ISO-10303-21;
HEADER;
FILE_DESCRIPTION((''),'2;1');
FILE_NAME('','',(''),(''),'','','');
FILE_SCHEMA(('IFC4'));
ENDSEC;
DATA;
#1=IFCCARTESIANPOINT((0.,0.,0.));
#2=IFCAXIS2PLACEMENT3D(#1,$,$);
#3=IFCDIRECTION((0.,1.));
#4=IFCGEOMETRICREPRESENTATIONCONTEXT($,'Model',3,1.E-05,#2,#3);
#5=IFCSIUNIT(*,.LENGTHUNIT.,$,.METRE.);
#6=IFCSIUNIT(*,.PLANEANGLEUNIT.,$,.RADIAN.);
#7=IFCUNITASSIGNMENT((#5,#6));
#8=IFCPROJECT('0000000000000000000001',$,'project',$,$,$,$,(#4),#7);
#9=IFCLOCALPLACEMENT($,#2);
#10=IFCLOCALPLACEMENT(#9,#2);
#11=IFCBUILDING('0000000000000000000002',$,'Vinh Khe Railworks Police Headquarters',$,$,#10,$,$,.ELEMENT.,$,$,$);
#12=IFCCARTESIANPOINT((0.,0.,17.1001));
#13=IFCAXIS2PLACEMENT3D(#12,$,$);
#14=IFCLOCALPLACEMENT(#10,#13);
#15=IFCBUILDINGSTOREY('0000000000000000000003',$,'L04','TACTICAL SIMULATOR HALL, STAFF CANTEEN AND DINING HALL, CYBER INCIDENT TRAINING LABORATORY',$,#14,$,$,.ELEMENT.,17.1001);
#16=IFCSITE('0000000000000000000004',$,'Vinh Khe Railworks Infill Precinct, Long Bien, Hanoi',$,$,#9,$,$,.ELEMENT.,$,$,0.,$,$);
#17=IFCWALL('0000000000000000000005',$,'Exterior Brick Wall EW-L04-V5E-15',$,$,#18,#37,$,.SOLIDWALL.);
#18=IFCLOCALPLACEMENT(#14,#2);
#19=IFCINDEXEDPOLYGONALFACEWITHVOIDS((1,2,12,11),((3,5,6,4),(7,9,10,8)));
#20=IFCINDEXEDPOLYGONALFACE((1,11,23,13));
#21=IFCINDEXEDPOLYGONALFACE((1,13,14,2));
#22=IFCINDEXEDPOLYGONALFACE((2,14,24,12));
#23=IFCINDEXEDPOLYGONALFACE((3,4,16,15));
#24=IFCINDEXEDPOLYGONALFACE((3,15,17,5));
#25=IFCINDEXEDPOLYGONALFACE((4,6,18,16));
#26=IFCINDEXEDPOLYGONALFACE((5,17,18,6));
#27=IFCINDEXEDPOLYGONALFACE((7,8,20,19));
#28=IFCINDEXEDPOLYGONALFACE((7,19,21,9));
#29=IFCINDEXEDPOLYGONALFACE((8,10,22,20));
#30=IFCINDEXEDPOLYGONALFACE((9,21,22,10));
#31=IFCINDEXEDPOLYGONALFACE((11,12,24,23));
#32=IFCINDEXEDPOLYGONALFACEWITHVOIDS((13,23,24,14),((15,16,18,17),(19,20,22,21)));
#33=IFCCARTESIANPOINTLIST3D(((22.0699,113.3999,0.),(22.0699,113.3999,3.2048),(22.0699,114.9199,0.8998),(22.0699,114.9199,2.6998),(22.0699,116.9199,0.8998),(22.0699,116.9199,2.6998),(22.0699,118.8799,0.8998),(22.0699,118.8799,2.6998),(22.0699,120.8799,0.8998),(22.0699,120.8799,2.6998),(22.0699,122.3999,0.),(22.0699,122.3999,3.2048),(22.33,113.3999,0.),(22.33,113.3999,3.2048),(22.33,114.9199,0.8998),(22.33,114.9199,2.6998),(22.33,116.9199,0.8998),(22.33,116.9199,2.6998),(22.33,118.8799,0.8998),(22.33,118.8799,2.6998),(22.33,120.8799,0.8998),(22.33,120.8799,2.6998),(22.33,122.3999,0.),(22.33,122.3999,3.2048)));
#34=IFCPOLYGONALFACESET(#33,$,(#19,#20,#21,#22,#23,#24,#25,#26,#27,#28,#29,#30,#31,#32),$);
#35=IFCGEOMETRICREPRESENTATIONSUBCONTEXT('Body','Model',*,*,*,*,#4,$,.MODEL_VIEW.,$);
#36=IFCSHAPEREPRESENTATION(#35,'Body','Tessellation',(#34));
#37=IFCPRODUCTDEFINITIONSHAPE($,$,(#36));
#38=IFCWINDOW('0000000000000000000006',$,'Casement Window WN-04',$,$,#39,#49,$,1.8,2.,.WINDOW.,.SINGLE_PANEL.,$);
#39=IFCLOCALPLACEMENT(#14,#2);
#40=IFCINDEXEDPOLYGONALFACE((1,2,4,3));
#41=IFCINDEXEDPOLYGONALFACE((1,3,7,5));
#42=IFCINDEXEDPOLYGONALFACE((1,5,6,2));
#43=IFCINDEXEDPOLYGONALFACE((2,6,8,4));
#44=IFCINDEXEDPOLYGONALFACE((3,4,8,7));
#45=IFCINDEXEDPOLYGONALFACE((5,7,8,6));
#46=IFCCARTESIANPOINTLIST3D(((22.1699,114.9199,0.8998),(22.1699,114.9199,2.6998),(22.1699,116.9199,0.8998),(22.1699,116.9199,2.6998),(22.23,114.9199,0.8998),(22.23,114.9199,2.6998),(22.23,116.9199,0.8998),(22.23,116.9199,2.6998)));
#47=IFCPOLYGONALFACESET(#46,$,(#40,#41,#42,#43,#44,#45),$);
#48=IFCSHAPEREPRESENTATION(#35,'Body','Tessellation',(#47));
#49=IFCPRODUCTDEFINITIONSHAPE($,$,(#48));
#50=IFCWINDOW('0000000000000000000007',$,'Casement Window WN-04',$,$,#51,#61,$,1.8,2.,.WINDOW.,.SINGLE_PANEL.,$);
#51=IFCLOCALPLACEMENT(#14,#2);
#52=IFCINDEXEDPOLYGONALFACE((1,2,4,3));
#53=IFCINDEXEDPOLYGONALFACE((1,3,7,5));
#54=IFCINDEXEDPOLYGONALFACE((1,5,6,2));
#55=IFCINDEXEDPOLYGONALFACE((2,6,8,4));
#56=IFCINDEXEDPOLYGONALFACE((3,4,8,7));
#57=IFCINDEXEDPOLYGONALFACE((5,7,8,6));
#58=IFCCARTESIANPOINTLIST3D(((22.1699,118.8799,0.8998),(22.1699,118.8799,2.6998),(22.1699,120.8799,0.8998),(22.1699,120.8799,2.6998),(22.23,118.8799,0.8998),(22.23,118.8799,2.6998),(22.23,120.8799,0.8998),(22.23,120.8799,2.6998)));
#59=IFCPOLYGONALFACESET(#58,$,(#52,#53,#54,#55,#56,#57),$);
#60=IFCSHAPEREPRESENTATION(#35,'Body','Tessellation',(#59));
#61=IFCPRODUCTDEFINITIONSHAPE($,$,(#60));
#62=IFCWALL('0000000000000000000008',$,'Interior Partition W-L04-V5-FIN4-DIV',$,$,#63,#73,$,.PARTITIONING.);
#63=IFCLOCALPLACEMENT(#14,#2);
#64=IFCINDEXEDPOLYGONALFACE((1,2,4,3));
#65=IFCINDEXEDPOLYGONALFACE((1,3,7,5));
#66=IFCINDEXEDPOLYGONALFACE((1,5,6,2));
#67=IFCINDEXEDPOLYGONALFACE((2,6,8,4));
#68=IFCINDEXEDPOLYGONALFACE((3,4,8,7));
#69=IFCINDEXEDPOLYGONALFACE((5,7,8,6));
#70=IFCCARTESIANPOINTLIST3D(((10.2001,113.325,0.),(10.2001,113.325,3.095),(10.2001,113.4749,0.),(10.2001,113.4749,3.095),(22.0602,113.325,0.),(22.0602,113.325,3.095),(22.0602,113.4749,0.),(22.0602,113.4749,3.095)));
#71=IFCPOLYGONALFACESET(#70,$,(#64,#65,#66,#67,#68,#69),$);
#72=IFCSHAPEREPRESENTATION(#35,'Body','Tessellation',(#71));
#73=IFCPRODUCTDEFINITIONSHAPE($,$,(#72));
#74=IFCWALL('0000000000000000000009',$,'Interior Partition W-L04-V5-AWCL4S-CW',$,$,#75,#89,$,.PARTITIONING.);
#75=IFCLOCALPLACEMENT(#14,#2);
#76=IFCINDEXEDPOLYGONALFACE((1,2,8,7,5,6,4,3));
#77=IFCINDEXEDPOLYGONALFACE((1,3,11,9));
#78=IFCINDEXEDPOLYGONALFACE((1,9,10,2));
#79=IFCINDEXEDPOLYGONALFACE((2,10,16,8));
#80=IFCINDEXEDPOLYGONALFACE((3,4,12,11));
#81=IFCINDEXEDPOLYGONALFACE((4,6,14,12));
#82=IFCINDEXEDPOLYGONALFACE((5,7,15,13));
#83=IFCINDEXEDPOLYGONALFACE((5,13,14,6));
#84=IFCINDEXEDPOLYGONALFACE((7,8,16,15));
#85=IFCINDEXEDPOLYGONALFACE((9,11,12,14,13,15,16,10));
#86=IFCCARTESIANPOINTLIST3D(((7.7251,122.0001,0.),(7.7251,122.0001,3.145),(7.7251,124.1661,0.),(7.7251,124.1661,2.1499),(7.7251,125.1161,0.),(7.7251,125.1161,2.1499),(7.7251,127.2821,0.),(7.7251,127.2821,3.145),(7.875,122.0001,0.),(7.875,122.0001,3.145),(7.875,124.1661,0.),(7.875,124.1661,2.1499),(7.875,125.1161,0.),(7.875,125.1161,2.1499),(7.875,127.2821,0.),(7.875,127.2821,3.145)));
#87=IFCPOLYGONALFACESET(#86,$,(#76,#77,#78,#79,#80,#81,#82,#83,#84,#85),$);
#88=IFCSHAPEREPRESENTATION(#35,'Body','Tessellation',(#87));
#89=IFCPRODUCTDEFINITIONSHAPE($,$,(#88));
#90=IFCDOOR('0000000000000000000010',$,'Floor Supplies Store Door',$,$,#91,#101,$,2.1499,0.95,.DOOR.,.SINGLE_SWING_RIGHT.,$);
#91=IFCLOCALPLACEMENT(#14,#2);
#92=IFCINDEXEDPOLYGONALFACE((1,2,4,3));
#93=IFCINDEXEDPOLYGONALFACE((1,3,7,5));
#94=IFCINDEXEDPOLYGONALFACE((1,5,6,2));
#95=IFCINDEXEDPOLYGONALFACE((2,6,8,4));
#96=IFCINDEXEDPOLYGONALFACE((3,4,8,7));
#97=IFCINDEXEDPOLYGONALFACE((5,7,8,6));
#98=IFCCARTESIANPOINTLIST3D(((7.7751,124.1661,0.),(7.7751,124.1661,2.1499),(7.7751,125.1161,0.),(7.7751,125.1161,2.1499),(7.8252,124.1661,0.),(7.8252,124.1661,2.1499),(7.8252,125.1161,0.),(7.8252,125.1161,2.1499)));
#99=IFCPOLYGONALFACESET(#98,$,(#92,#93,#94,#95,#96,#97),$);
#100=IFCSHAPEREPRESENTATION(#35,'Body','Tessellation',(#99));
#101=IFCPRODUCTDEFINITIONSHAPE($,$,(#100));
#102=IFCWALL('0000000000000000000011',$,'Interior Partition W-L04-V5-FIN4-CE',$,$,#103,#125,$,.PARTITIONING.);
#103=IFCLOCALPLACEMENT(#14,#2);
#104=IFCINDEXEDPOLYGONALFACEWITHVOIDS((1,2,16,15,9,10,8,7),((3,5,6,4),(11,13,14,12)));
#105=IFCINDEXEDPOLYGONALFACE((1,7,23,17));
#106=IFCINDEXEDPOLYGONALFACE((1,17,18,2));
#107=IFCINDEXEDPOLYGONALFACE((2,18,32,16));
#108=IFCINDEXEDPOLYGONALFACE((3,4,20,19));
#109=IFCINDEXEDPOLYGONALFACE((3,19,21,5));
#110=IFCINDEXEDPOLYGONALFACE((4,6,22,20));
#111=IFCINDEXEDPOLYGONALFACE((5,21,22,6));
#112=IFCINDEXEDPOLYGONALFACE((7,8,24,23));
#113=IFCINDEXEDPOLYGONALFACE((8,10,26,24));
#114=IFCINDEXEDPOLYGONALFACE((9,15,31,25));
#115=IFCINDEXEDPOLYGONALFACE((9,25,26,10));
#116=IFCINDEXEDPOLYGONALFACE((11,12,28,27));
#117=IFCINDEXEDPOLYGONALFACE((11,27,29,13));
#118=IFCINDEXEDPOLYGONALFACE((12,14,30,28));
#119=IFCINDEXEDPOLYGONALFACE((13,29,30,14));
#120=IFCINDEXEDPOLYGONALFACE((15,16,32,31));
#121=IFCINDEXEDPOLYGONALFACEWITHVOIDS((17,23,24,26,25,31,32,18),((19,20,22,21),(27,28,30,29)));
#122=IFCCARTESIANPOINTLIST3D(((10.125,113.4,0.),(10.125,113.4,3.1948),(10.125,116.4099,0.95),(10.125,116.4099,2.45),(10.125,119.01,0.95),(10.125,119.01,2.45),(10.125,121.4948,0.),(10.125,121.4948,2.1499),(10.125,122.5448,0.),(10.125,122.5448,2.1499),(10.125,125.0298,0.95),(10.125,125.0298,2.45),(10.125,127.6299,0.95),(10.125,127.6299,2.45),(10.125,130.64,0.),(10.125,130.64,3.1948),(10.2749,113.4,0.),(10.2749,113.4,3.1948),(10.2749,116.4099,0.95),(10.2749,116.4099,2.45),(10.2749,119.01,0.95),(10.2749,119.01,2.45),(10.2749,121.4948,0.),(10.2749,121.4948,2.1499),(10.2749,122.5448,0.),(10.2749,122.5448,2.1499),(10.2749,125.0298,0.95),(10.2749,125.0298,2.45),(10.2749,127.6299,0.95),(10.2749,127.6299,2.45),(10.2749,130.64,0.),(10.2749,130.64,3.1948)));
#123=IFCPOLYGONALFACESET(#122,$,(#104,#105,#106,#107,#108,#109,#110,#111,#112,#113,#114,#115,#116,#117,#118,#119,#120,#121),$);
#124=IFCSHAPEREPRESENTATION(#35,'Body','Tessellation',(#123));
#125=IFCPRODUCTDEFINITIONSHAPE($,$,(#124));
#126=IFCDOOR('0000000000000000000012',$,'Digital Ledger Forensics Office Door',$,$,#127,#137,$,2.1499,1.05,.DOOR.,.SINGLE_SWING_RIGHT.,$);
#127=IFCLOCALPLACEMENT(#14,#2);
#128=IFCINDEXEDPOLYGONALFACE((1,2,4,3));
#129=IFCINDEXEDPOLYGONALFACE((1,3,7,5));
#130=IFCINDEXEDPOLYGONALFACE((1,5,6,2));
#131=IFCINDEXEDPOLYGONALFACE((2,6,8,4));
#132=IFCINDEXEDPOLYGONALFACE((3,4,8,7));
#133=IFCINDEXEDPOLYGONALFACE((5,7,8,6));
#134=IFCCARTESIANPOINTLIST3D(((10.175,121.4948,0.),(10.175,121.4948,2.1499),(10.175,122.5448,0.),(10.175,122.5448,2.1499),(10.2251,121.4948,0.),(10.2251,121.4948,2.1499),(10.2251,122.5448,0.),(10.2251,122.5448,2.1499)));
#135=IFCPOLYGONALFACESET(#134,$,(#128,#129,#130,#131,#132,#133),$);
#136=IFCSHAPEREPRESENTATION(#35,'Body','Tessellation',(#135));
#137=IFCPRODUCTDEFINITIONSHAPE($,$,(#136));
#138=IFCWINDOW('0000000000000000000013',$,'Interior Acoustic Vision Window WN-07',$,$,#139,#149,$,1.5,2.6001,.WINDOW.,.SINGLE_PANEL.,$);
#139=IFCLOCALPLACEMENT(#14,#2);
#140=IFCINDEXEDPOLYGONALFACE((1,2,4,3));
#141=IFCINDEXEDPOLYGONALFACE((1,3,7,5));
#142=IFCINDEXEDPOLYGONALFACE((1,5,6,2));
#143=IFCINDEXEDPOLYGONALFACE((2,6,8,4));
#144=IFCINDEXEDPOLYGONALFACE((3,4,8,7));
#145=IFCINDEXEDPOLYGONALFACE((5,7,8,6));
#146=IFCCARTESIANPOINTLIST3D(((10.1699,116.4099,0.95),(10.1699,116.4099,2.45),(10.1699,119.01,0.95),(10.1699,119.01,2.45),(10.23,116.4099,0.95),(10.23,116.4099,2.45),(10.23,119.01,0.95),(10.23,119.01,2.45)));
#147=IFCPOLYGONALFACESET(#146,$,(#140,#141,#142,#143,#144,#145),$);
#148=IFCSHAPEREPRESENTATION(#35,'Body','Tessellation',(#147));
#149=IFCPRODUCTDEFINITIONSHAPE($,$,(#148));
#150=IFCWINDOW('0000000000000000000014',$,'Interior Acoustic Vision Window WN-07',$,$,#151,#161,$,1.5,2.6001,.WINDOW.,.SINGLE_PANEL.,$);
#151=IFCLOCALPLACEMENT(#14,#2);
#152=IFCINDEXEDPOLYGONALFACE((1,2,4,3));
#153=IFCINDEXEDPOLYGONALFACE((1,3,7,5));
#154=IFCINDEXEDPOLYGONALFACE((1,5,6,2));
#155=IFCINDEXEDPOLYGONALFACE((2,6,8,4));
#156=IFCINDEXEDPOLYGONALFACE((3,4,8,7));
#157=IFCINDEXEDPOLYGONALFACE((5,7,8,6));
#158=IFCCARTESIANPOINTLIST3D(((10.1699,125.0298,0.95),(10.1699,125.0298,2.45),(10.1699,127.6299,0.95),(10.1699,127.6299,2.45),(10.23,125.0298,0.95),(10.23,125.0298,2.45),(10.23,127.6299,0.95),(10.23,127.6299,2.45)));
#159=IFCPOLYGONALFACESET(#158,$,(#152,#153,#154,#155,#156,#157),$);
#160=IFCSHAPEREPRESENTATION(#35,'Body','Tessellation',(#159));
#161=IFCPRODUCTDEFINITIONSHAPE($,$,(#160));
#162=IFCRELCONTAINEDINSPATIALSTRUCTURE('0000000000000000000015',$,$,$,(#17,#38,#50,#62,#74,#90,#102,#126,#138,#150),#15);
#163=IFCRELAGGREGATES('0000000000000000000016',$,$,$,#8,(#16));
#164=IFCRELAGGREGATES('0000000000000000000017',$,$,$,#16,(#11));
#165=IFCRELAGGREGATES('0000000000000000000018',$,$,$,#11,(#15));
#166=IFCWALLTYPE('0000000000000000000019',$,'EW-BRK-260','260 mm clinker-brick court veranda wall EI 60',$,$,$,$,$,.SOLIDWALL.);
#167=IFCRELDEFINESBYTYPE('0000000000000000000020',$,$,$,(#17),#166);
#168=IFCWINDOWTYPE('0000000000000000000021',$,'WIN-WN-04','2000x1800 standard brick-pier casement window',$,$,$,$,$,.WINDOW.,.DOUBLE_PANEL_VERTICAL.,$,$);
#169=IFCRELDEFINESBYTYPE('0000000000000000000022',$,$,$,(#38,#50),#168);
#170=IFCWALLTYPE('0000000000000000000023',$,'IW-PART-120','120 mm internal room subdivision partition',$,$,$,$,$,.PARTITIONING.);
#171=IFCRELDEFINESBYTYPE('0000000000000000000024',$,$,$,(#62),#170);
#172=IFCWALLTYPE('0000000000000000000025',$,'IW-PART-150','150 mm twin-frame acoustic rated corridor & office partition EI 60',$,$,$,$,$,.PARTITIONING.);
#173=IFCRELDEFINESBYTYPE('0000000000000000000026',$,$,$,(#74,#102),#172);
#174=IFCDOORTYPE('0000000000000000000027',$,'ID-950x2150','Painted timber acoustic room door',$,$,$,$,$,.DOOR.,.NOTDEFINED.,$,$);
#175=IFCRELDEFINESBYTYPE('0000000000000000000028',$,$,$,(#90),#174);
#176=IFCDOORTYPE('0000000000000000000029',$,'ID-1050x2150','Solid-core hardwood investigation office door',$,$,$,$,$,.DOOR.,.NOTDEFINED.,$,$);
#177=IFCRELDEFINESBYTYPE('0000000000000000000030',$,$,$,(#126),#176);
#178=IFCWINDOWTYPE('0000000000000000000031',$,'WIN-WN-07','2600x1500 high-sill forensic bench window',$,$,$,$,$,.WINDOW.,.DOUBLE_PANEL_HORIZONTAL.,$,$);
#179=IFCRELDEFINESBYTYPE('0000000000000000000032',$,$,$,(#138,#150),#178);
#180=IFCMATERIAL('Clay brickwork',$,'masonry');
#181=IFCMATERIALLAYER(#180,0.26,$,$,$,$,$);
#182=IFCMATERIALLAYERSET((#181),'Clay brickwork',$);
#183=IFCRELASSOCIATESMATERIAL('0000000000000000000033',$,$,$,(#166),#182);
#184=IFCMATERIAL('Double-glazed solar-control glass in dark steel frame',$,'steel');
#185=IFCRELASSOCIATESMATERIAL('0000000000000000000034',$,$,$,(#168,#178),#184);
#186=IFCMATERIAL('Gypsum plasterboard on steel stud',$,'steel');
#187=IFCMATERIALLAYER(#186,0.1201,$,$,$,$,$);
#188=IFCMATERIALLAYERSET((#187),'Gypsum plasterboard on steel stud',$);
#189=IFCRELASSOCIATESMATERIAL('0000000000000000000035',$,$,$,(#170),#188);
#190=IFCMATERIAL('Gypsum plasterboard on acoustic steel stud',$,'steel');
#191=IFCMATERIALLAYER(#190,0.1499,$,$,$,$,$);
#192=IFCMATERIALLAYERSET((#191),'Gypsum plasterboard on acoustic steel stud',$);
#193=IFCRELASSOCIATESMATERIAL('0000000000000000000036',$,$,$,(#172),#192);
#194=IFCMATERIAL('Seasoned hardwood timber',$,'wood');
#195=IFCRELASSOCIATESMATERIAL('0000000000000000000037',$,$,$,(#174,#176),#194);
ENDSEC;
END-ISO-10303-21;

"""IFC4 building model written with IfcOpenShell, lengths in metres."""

from ifc_helpers import new_model, si_unit, direction, frame, frame_2d, origin, place, context, subcontext, project, spatial, rectangle, extrude, material, layer, layer_set, type_object, element, fill, save


model = new_model("IFC4")

# Units and contexts
model_context = context("Model", 3, precision=1e-05, world=origin(), true_north=direction((0.0, 1.0)))
body_context = subcontext(model_context, "Body", "Model", "MODEL_VIEW")
ifc_project = project(units=[si_unit("LENGTHUNIT", "METRE"), si_unit("PLANEANGLEUNIT", "RADIAN")], contexts=[model_context])

# Site, building, storey
site_placement = place(None, origin())
site = spatial("IfcSite", under=ifc_project, at=site_placement, Name="Vinh Khe Railworks Infill Precinct, Long Bien, Hanoi", CompositionType="ELEMENT", RefElevation=0.0)
building_placement = place(site_placement, origin())
building = spatial("IfcBuilding", under=site, at=building_placement, Name="Vinh Khe Railworks Police Headquarters", CompositionType="ELEMENT")
storey_placement = place(building_placement, frame((0.0, 0.0, 17.1001)))
storey = spatial("IfcBuildingStorey", under=building, at=storey_placement, Name="L04", Description="TACTICAL SIMULATOR HALL, STAFF CANTEEN AND DINING HALL, CYBER INCIDENT TRAINING LABORATORY", CompositionType="ELEMENT", Elevation=17.1001)

# Wall, openings, windows
ifc_material_1 = material(Name="Clay brickwork", Category="masonry")
ifc_layer_1 = layer(ifc_material_1, 0.26)
ifc_layer_set_1 = layer_set([ifc_layer_1], Name="Clay brickwork")
wall_type_1 = type_object("IfcWallType", Name="EW-BRK-260", Description="260 mm clinker-brick court veranda wall EI 60", PredefinedType="SOLIDWALL", material=ifc_layer_set_1)
wall_1_placement = place(storey_placement, frame((22.2, 113.3999, 0.0), z_axis=(0.0, 0.0, 1.0), x_axis=(0.0, 1.0, 0.0)))
wall_1 = element("IfcWall", 1, at=wall_1_placement, inside=storey, type_object=wall_type_1, Name="Exterior Brick Wall EW-L04-V5E-15", PredefinedType="SOLIDWALL", context=body_context, shape_type="SweptSolid", body=[
    extrude(rectangle(XDim=9.0, YDim=0.26, at=frame_2d((4.5, 0.0))), origin(), (0.0, 0.0, 1.0), 3.2048),
])
opening_1_placement = place(wall_1_placement, frame((1.52, 0.0, 0.8999)))
opening_1 = element("IfcOpeningElement", 2, at=opening_1_placement, cuts=wall_1, PredefinedType="OPENING", context=body_context, shape_type="SweptSolid", body=[
    extrude(rectangle(XDim=2.0, YDim=1.8, at=frame_2d((1.0, 0.8999))), frame((0.0, 0.145, 0.0), z_axis=(0.0, -1.0, 0.0), x_axis=(1.0, 0.0, 0.0)), (0.0, 0.0, 1.0), 0.2898),
])
opening_2_placement = place(wall_1_placement, frame((5.48, 0.0, 0.8999)))
opening_2 = element("IfcOpeningElement", 3, at=opening_2_placement, cuts=wall_1, PredefinedType="OPENING", context=body_context, shape_type="SweptSolid", body=[
    extrude(rectangle(XDim=2.0, YDim=1.8, at=frame_2d((1.0, 0.8999))), frame((0.0, 0.145, 0.0), z_axis=(0.0, -1.0, 0.0), x_axis=(1.0, 0.0, 0.0)), (0.0, 0.0, 1.0), 0.2898),
])
ifc_material_2 = material(Name="Double-glazed solar-control glass in dark steel frame", Category="steel")
window_type_1 = type_object("IfcWindowType", Name="WIN-WN-04", Description="2000x1800 standard brick-pier casement window", PartitioningType="DOUBLE_PANEL_VERTICAL", PredefinedType="WINDOW", material=ifc_material_2)
window_1_placement = place(opening_1_placement, origin())
window_1 = element("IfcWindow", 4, at=window_1_placement, inside=storey, type_object=window_type_1, Name="Casement Window WN-04", OverallHeight=1.8, OverallWidth=2.0, PartitioningType="SINGLE_PANEL", PredefinedType="WINDOW", context=body_context, shape_type="SweptSolid", body=[
    extrude(rectangle(XDim=2.0, YDim=1.8, at=frame_2d((1.0, 0.8999))), frame((0.0, 0.03, 0.0), z_axis=(0.0, -1.0, 0.0), x_axis=(1.0, 0.0, 0.0)), (0.0, 0.0, 1.0), 0.0601),
])
fill(opening_1, window_1)
window_2_placement = place(opening_2_placement, origin())
window_2 = element("IfcWindow", 5, at=window_2_placement, inside=storey, type_object=window_type_1, Name="Casement Window WN-04", OverallHeight=1.8, OverallWidth=2.0, PartitioningType="SINGLE_PANEL", PredefinedType="WINDOW", context=body_context, shape_type="SweptSolid", body=[
    extrude(rectangle(XDim=2.0, YDim=1.8, at=frame_2d((1.0, 0.8999))), frame((0.0, 0.03, 0.0), z_axis=(0.0, -1.0, 0.0), x_axis=(1.0, 0.0, 0.0)), (0.0, 0.0, 1.0), 0.0601),
])
fill(opening_2, window_2)

# Wall
ifc_material_3 = material(Name="Gypsum plasterboard on steel stud", Category="steel")
ifc_layer_2 = layer(ifc_material_3, 0.1201)
ifc_layer_set_2 = layer_set([ifc_layer_2], Name="Gypsum plasterboard on steel stud")
wall_type_2 = type_object("IfcWallType", Name="IW-PART-120", Description="120 mm internal room subdivision partition", PredefinedType="PARTITIONING", material=ifc_layer_set_2)
wall_2_placement = place(storey_placement, frame((10.2, 113.3999, 0.0), z_axis=(0.0, 0.0, 1.0), x_axis=(1.0, 0.0, 0.0)))
element("IfcWall", 6, at=wall_2_placement, inside=storey, type_object=wall_type_2, Name="Interior Partition W-L04-V5-FIN4-DIV", PredefinedType="PARTITIONING", context=body_context, shape_type="SweptSolid", body=[
    extrude(rectangle(XDim=11.8601, YDim=0.1499, at=frame_2d((5.9302, 0.0))), origin(), (0.0, 0.0, 1.0), 3.095),
])

# Wall, opening, door
ifc_material_4 = material(Name="Gypsum plasterboard on acoustic steel stud", Category="steel")
ifc_layer_3 = layer(ifc_material_4, 0.1499)
ifc_layer_set_3 = layer_set([ifc_layer_3], Name="Gypsum plasterboard on acoustic steel stud")
wall_type_3 = type_object("IfcWallType", Name="IW-PART-150", Description="150 mm twin-frame acoustic rated corridor & office partition EI 60", PredefinedType="PARTITIONING", material=ifc_layer_set_3)
ifc_material_5 = material(Name="Seasoned hardwood timber", Category="wood")
wall_3_placement = place(storey_placement, frame((7.8, 122.0, 0.0), z_axis=(0.0, 0.0, 1.0), x_axis=(0.0, 1.0, 0.0)))
wall_3 = element("IfcWall", 7, at=wall_3_placement, inside=storey, type_object=wall_type_3, Name="Interior Partition W-L04-V5-AWCL4S-CW", PredefinedType="PARTITIONING", context=body_context, shape_type="SweptSolid", body=[
    extrude(rectangle(XDim=5.282, YDim=0.1499, at=frame_2d((2.6411, 0.0))), origin(), (0.0, 0.0, 1.0), 3.145),
])
opening_3_placement = place(wall_3_placement, frame((2.166, 0.0, 0.0)))
opening_3 = element("IfcOpeningElement", 8, at=opening_3_placement, cuts=wall_3, PredefinedType="OPENING", context=body_context, shape_type="SweptSolid", body=[
    extrude(rectangle(XDim=0.95, YDim=2.1499, at=frame_2d((0.4751, 1.075))), frame((0.0, 0.0898, 0.0), z_axis=(0.0, -1.0, 0.0), x_axis=(1.0, 0.0, 0.0)), (0.0, 0.0, 1.0), 0.1797),
])
door_type_1 = type_object("IfcDoorType", Name="ID-950x2150", Description="Painted timber acoustic room door", OperationType="NOTDEFINED", PredefinedType="DOOR", material=ifc_material_5)
door_1_placement = place(opening_3_placement, origin())
door_1 = element("IfcDoor", 9, at=door_1_placement, inside=storey, type_object=door_type_1, Name="Floor Supplies Store Door", OperationType="SINGLE_SWING_RIGHT", OverallHeight=2.1499, OverallWidth=0.95, PredefinedType="DOOR", context=body_context, shape_type="SweptSolid", body=[
    extrude(rectangle(XDim=0.95, YDim=2.1499, at=frame_2d((0.4751, 1.075))), frame((0.0, 0.0249, 0.0), z_axis=(0.0, -1.0, 0.0), x_axis=(1.0, 0.0, 0.0)), (0.0, 0.0, 1.0), 0.05),
])
fill(opening_3, door_1)

# Wall, openings, door, windows
wall_4_placement = place(storey_placement, frame((10.2, 113.3999, 0.0), z_axis=(0.0, 0.0, 1.0), x_axis=(0.0, 1.0, 0.0)))
wall_4 = element("IfcWall", 10, at=wall_4_placement, inside=storey, type_object=wall_type_3, Name="Interior Partition W-L04-V5-FIN4-CE", PredefinedType="PARTITIONING", context=body_context, shape_type="SweptSolid", body=[
    extrude(rectangle(XDim=17.24, YDim=0.1499, at=frame_2d((8.6201, 0.0))), origin(), (0.0, 0.0, 1.0), 3.1948),
])
opening_4_placement = place(wall_4_placement, frame((8.095, 0.0, 0.0)))
opening_4 = element("IfcOpeningElement", 11, at=opening_4_placement, cuts=wall_4, PredefinedType="OPENING", context=body_context, shape_type="SweptSolid", body=[
    extrude(rectangle(XDim=1.05, YDim=2.1499, at=frame_2d((0.5249, 1.075))), frame((0.0, 0.0898, 0.0), z_axis=(0.0, -1.0, 0.0), x_axis=(1.0, 0.0, 0.0)), (0.0, 0.0, 1.0), 0.1797),
])
opening_5_placement = place(wall_4_placement, frame((3.01, 0.0, 0.95)))
opening_5 = element("IfcOpeningElement", 12, at=opening_5_placement, cuts=wall_4, PredefinedType="OPENING", context=body_context, shape_type="SweptSolid", body=[
    extrude(rectangle(XDim=2.6001, YDim=1.5, at=frame_2d((1.3, 0.75))), frame((0.0, 0.0898, 0.0), z_axis=(0.0, -1.0, 0.0), x_axis=(1.0, 0.0, 0.0)), (0.0, 0.0, 1.0), 0.1797),
])
opening_6_placement = place(wall_4_placement, frame((11.6299, 0.0, 0.95)))
opening_6 = element("IfcOpeningElement", 13, at=opening_6_placement, cuts=wall_4, PredefinedType="OPENING", context=body_context, shape_type="SweptSolid", body=[
    extrude(rectangle(XDim=2.6001, YDim=1.5, at=frame_2d((1.3, 0.75))), frame((0.0, 0.0898, 0.0), z_axis=(0.0, -1.0, 0.0), x_axis=(1.0, 0.0, 0.0)), (0.0, 0.0, 1.0), 0.1797),
])
door_type_2 = type_object("IfcDoorType", Name="ID-1050x2150", Description="Solid-core hardwood investigation office door", OperationType="NOTDEFINED", PredefinedType="DOOR", material=ifc_material_5)
door_2_placement = place(opening_4_placement, origin())
door_2 = element("IfcDoor", 14, at=door_2_placement, inside=storey, type_object=door_type_2, Name="Digital Ledger Forensics Office Door", OperationType="SINGLE_SWING_RIGHT", OverallHeight=2.1499, OverallWidth=1.05, PredefinedType="DOOR", context=body_context, shape_type="SweptSolid", body=[
    extrude(rectangle(XDim=1.05, YDim=2.1499, at=frame_2d((0.5249, 1.075))), frame((0.0, 0.0249, 0.0), z_axis=(0.0, -1.0, 0.0), x_axis=(1.0, 0.0, 0.0)), (0.0, 0.0, 1.0), 0.05),
])
fill(opening_4, door_2)
window_type_2 = type_object("IfcWindowType", Name="WIN-WN-07", Description="2600x1500 high-sill forensic bench window", PartitioningType="DOUBLE_PANEL_HORIZONTAL", PredefinedType="WINDOW", material=ifc_material_2)
window_3_placement = place(opening_5_placement, origin())
window_3 = element("IfcWindow", 15, at=window_3_placement, inside=storey, type_object=window_type_2, Name="Interior Acoustic Vision Window WN-07", OverallHeight=1.5, OverallWidth=2.6001, PartitioningType="SINGLE_PANEL", PredefinedType="WINDOW", context=body_context, shape_type="SweptSolid", body=[
    extrude(rectangle(XDim=2.6001, YDim=1.5, at=frame_2d((1.3, 0.75))), frame((0.0, 0.03, 0.0), z_axis=(0.0, -1.0, 0.0), x_axis=(1.0, 0.0, 0.0)), (0.0, 0.0, 1.0), 0.0601),
])
fill(opening_5, window_3)
window_4_placement = place(opening_6_placement, origin())
window_4 = element("IfcWindow", 16, at=window_4_placement, inside=storey, type_object=window_type_2, Name="Interior Acoustic Vision Window WN-07", OverallHeight=1.5, OverallWidth=2.6001, PartitioningType="SINGLE_PANEL", PredefinedType="WINDOW", context=body_context, shape_type="SweptSolid", body=[
    extrude(rectangle(XDim=2.6001, YDim=1.5, at=frame_2d((1.3, 0.75))), frame((0.0, 0.03, 0.0), z_axis=(0.0, -1.0, 0.0), x_axis=(1.0, 0.0, 0.0)), (0.0, 0.0, 1.0), 0.0601),
])
fill(opening_6, window_4)

save(model, "model.ifc")
